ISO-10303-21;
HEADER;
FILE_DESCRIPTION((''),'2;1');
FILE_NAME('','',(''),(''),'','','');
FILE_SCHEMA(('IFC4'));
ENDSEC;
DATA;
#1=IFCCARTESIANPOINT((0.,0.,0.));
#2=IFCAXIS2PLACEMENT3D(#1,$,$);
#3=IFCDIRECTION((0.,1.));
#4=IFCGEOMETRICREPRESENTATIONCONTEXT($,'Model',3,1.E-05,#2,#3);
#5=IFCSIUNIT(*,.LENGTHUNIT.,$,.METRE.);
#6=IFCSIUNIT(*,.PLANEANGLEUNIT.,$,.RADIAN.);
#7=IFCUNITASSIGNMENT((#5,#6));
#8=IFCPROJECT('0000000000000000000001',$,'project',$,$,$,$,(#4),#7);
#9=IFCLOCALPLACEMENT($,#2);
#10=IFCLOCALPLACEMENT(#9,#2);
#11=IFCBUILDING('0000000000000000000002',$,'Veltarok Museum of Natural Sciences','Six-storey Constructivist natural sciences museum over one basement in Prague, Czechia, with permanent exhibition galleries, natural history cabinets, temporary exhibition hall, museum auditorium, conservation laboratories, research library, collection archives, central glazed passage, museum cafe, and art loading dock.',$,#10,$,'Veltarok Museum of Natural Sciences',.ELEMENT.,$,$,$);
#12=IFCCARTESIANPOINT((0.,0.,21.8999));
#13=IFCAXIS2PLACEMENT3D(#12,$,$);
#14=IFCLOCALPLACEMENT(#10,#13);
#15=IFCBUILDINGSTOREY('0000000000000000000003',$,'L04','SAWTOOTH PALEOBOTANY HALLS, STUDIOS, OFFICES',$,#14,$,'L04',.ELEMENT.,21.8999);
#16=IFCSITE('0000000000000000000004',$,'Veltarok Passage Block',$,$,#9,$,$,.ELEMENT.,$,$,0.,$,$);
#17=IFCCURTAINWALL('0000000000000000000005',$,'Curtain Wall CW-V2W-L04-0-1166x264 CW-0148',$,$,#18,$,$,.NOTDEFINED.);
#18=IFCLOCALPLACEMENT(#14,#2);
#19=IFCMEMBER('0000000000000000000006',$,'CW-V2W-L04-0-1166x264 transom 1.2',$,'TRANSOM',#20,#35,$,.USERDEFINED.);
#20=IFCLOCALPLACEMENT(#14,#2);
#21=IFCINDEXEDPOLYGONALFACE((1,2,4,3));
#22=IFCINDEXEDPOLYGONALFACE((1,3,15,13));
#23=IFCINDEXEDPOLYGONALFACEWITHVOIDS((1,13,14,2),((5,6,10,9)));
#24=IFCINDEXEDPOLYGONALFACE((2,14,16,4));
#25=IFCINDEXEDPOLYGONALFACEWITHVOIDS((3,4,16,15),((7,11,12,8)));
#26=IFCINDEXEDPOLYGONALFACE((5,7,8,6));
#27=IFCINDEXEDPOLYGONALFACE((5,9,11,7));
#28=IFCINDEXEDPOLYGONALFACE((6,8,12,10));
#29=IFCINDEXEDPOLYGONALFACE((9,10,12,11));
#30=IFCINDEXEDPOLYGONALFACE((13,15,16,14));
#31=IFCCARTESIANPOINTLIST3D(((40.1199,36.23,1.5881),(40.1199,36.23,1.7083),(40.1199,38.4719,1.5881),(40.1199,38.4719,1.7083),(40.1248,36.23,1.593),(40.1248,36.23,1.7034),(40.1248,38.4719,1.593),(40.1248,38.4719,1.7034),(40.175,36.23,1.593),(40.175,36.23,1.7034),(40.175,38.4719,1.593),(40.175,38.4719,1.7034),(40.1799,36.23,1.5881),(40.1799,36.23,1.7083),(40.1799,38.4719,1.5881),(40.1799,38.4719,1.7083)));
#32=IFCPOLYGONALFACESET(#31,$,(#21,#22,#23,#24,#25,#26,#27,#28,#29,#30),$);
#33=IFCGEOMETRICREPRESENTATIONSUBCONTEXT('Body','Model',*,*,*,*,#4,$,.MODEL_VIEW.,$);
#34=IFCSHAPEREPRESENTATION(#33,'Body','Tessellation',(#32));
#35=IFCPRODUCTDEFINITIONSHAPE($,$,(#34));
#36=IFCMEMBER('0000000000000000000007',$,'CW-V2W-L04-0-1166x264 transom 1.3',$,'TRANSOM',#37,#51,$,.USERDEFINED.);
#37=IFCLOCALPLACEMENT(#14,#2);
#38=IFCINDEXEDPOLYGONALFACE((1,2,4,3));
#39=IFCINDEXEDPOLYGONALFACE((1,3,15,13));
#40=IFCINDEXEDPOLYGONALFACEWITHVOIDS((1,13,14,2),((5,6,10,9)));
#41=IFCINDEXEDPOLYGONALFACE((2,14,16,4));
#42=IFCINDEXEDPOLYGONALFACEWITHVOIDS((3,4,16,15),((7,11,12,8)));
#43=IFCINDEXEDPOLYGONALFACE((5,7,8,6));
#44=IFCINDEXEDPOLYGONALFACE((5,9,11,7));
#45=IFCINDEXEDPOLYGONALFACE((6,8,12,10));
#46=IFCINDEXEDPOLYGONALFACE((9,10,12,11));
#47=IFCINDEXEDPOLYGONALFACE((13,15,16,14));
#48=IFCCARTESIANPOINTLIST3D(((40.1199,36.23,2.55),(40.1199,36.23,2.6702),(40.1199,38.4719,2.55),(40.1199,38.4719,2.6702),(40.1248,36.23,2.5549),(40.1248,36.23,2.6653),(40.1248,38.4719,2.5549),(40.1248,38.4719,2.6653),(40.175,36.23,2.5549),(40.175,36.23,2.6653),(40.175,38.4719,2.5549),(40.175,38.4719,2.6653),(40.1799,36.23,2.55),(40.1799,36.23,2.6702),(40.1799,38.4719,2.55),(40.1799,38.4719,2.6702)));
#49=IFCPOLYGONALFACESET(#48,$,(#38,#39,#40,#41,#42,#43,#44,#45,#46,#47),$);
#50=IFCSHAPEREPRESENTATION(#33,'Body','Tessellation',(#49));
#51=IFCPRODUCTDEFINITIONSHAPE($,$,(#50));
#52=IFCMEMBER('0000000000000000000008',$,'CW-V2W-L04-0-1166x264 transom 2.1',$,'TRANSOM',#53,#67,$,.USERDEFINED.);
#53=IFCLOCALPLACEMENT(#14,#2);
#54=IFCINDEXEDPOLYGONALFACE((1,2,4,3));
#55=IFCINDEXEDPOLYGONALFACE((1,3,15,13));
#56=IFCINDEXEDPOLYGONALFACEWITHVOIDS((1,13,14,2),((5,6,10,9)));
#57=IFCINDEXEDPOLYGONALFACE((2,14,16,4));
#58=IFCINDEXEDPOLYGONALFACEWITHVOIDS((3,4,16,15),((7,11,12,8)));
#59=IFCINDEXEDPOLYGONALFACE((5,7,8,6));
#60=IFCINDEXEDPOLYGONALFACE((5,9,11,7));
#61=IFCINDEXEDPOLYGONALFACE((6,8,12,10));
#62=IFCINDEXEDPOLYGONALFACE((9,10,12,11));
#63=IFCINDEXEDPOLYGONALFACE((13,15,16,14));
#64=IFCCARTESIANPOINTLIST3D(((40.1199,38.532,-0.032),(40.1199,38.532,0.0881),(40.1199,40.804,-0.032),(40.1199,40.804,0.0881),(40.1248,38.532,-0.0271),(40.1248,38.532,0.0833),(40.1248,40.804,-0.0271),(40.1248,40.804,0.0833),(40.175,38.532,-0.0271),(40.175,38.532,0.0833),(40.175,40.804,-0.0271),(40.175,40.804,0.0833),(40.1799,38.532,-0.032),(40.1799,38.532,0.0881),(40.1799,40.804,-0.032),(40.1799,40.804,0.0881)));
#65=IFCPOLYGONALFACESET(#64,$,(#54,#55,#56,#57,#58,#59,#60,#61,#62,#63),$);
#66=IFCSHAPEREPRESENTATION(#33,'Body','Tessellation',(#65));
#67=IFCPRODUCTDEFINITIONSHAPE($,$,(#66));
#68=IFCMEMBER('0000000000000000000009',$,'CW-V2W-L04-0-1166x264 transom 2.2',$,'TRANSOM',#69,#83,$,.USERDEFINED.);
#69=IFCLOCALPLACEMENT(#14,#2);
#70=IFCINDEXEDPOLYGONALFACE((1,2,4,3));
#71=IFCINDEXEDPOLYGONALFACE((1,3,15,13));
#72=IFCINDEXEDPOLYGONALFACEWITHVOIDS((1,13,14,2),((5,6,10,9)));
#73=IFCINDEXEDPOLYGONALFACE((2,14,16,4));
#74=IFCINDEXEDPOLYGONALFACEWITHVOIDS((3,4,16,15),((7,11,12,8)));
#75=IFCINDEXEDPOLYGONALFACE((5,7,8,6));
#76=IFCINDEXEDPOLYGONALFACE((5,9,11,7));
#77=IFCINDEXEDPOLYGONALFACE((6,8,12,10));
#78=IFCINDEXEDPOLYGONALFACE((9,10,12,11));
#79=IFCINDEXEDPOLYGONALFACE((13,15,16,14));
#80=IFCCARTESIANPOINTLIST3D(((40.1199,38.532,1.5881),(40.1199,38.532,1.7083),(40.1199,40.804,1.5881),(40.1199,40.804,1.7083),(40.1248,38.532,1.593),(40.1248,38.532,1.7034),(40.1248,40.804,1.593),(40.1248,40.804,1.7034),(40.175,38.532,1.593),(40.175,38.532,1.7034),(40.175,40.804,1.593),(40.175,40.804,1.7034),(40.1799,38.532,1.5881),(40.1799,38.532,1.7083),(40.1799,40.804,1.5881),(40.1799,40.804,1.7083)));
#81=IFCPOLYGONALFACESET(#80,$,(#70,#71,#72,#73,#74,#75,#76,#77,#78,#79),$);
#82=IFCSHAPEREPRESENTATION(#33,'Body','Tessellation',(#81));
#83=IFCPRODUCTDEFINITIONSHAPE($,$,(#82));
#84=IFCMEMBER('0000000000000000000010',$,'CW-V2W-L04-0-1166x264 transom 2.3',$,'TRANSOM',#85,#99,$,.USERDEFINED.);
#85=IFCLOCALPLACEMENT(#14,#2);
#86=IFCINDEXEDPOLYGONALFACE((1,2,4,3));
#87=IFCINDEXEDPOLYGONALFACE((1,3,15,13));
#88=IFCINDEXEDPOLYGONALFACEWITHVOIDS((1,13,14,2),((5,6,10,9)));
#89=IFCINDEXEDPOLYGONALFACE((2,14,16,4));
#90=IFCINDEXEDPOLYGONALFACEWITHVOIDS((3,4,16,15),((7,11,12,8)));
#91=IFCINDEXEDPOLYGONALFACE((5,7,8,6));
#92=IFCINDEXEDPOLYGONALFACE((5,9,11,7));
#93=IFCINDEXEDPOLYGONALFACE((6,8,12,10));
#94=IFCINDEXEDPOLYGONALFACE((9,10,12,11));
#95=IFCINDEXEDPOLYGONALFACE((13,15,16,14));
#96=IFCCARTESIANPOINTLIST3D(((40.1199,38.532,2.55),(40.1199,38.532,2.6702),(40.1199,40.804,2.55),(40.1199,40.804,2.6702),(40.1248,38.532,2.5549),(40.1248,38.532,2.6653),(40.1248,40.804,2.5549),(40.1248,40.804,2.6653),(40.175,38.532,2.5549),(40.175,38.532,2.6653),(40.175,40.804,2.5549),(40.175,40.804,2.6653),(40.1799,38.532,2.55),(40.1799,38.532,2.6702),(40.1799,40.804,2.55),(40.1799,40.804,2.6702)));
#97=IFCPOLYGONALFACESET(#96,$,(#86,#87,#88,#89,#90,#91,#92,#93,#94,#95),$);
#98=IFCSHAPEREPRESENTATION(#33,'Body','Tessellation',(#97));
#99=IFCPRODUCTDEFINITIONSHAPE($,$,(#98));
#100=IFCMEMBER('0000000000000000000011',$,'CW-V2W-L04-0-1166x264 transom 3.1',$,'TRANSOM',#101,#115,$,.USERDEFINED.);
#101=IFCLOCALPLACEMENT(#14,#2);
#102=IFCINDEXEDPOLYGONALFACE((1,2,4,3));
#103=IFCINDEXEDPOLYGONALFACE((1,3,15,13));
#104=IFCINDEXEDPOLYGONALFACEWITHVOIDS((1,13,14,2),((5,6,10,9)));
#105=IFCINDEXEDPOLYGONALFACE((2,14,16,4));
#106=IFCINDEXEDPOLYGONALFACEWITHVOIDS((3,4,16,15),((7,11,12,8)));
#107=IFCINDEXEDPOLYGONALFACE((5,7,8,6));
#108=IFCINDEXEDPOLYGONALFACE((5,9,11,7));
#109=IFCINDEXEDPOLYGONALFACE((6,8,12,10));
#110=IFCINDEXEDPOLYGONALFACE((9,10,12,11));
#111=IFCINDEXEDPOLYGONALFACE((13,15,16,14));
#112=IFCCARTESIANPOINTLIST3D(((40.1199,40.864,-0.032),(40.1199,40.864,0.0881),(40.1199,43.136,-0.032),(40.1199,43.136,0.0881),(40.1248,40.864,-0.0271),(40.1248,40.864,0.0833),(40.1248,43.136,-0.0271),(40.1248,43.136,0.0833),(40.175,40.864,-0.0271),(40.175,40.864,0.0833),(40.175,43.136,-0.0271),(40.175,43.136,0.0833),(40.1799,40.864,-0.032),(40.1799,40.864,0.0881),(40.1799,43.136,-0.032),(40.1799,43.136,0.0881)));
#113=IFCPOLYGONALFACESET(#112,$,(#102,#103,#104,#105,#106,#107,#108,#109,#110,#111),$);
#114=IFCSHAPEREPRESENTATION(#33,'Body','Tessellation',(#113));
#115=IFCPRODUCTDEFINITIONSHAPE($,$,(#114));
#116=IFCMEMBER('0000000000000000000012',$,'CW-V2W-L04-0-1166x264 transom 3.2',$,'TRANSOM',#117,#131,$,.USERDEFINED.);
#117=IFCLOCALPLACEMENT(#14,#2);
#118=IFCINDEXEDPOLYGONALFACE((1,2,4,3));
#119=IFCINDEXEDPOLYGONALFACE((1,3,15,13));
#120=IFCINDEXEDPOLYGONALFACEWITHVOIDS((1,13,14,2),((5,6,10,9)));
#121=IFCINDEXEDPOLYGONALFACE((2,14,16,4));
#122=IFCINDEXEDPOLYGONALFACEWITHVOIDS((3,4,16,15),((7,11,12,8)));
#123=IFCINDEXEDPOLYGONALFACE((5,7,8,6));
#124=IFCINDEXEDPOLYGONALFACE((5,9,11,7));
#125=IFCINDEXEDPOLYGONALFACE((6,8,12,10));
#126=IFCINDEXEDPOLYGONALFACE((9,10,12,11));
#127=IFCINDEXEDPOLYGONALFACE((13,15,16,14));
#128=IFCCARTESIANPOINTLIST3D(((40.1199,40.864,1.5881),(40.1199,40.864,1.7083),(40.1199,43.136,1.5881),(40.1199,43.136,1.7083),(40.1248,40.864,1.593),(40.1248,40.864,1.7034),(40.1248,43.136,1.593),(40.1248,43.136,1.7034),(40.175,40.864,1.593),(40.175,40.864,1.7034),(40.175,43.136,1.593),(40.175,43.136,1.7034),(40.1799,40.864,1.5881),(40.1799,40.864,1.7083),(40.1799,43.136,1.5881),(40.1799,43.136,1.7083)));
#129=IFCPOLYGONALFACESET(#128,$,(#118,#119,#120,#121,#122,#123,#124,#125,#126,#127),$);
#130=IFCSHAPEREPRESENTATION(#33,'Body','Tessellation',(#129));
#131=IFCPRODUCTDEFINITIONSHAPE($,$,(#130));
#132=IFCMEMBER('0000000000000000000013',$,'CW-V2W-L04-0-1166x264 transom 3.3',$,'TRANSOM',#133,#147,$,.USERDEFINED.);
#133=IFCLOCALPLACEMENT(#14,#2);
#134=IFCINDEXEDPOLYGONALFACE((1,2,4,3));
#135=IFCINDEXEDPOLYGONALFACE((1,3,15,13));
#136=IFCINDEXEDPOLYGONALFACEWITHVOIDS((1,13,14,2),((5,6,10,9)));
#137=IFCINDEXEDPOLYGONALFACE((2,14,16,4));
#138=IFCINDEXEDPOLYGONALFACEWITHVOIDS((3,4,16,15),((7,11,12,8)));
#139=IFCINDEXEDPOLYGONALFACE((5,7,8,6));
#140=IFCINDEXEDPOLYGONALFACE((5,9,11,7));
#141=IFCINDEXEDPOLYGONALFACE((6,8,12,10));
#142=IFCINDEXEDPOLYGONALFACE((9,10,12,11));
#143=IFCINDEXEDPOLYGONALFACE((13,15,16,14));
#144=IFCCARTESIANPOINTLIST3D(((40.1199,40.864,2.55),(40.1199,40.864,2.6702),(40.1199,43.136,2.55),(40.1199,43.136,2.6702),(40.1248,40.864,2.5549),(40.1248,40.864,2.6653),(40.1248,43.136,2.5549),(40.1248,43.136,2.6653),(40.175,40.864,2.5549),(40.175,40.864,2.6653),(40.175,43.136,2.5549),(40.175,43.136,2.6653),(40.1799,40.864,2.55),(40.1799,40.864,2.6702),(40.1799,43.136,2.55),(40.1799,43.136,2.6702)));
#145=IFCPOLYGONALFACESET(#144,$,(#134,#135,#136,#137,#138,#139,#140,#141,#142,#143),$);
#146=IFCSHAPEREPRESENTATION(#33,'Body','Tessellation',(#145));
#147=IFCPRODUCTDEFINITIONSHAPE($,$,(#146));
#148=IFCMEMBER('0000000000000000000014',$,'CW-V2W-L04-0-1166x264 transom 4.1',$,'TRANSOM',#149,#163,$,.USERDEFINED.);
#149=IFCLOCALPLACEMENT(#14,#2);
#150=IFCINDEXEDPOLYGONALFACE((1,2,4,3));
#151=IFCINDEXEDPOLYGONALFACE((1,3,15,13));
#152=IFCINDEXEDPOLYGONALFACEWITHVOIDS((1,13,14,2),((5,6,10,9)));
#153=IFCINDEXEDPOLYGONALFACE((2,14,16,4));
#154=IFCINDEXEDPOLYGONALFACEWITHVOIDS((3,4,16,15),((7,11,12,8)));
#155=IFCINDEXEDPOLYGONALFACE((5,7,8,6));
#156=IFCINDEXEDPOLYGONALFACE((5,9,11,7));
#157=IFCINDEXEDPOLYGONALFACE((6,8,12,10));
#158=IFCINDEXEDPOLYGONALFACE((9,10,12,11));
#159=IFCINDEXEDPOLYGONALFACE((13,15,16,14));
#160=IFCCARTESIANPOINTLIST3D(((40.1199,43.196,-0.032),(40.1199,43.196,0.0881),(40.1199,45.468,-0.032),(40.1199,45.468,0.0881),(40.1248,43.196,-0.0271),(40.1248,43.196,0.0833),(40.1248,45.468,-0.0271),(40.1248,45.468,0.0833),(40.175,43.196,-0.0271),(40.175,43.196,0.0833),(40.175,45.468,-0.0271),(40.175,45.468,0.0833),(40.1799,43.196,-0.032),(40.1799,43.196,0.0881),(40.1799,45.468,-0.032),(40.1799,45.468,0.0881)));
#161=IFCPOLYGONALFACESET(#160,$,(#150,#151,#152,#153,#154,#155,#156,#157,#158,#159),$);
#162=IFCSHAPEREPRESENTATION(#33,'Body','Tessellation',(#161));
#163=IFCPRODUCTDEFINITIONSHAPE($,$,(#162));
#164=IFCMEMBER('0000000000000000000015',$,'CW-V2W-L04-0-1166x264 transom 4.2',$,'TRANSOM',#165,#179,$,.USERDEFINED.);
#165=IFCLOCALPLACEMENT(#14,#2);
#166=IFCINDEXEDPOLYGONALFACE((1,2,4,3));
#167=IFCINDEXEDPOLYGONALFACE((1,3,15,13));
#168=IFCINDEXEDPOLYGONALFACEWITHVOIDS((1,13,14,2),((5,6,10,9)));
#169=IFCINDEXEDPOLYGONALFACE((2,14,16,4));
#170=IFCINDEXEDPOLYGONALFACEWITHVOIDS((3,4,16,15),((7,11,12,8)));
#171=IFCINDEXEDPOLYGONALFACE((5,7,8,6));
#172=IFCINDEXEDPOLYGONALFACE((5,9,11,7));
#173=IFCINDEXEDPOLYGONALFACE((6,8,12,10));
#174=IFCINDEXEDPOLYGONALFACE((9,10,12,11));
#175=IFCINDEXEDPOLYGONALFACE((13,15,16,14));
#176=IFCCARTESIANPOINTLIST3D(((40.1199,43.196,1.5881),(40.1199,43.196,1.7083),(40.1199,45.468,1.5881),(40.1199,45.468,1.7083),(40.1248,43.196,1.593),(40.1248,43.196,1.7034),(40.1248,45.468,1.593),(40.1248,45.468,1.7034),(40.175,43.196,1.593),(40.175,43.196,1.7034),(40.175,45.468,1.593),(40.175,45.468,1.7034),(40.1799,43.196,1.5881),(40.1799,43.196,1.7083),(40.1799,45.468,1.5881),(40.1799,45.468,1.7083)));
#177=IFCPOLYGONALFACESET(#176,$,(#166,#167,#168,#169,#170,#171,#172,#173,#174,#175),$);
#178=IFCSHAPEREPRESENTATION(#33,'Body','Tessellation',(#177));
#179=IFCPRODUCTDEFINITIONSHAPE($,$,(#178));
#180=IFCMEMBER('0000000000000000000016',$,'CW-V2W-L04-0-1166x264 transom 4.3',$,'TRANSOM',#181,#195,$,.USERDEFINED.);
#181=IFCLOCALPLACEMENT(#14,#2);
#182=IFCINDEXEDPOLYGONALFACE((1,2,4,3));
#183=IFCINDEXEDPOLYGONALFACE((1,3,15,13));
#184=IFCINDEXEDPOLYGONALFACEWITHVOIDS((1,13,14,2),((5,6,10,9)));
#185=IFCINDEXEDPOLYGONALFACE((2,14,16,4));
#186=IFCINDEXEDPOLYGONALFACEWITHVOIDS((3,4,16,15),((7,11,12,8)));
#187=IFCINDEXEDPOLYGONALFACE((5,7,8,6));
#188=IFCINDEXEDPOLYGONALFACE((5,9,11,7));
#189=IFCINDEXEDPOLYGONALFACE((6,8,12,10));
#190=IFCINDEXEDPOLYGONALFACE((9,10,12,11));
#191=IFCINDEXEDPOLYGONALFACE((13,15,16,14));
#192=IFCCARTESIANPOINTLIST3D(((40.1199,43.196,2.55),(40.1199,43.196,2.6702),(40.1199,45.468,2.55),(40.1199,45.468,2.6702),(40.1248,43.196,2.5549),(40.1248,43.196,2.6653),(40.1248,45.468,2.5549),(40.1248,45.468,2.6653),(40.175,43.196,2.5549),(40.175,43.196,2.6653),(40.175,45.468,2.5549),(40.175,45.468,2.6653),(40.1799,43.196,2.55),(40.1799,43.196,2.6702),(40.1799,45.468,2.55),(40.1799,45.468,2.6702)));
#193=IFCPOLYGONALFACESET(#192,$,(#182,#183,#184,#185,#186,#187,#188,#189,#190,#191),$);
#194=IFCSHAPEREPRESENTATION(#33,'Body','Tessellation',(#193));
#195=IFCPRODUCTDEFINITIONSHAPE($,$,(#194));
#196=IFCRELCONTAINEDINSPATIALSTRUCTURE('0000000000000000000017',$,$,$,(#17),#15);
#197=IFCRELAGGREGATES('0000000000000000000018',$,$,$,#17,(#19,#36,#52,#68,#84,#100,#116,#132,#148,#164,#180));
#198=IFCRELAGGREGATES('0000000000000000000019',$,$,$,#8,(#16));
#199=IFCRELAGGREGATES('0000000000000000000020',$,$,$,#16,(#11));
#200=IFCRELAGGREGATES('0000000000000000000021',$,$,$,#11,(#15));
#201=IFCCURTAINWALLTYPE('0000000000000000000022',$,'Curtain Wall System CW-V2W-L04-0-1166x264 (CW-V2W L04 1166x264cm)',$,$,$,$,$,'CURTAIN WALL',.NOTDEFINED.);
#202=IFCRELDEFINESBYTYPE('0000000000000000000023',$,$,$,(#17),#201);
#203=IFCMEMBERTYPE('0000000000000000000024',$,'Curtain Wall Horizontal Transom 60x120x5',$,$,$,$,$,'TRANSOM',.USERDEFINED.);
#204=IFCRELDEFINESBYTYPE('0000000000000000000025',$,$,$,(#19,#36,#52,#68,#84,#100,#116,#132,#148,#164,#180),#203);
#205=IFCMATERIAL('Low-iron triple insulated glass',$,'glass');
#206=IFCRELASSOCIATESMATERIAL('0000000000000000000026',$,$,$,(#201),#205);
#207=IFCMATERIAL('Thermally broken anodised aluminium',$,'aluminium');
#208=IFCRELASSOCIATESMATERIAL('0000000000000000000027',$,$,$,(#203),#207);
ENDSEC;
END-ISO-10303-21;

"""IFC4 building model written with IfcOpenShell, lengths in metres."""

from ifc_helpers import new_model, si_unit, direction, frame, origin, origin_2d, place, context, subcontext, project, spatial, hollow_rectangle, extrude, material, material_profile, profile_set, type_object, element, aggregate, save


model = new_model("IFC4")

# Units and contexts
model_context = context("Model", 3, precision=1e-05, world=origin(), true_north=direction((0.0, 1.0)))
body_context = subcontext(model_context, "Body", "Model", "MODEL_VIEW")
ifc_project = project(units=[si_unit("LENGTHUNIT", "METRE"), si_unit("PLANEANGLEUNIT", "RADIAN")], contexts=[model_context])

# Site, building, storey
site_placement = place(None, origin())
site = spatial("IfcSite", under=ifc_project, at=site_placement, Name="Veltarok Passage Block", CompositionType="ELEMENT", RefElevation=0.0)
building_placement = place(site_placement, origin())
building = spatial("IfcBuilding", under=site, at=building_placement, Name="Veltarok Museum of Natural Sciences", Description="Six-storey Constructivist natural sciences museum over one basement in Prague, Czechia, with permanent exhibition galleries, natural history cabinets, temporary exhibition hall, museum auditorium, conservation laboratories, research library, collection archives, central glazed passage, museum cafe, and art loading dock.", LongName="Veltarok Museum of Natural Sciences", CompositionType="ELEMENT")
storey_placement = place(building_placement, frame((0.0, 0.0, 21.8999)))
storey = spatial("IfcBuildingStorey", under=building, at=storey_placement, Name="L04", Description="SAWTOOTH PALEOBOTANY HALLS, STUDIOS, OFFICES", LongName="L04", CompositionType="ELEMENT", Elevation=21.8999)

# Curtain wall, members
ifc_material_1 = material(Name="Low-iron triple insulated glass", Category="glass")
curtain_wall_type = type_object("IfcCurtainWallType", Name="Curtain Wall System CW-V2W-L04-0-1166x264 (CW-V2W L04 1166x264cm)", ElementType="CURTAIN WALL", PredefinedType="NOTDEFINED", material=ifc_material_1)
curtain_wall_placement = place(storey_placement, origin())
curtain_wall = element("IfcCurtainWall", 1, at=curtain_wall_placement, inside=storey, type_object=curtain_wall_type, Name="Curtain Wall CW-V2W-L04-0-1166x264 CW-0148", PredefinedType="NOTDEFINED")
ifc_material_2 = material(Name="Thermally broken anodised aluminium", Category="aluminium")
ifc_material_profile_1 = material_profile(ifc_material_2, hollow_rectangle(XDim=0.0601, YDim=0.1201, WallThickness=0.0049, at=origin_2d()), Name="CW TRANSOM 60x120x5")
ifc_profile_set_1 = profile_set([ifc_material_profile_1], Name="Thermally broken anodised aluminium")
member_type_1 = type_object("IfcMemberType", Name="Curtain Wall Horizontal Transom 60x120x5", ElementType="TRANSOM", PredefinedType="USERDEFINED", material=ifc_profile_set_1)
member_1_placement = place(storey_placement, frame((40.1499, 36.23, 1.6482), z_axis=(0.0, 1.0, 0.0), x_axis=(-1.0, 0.0, 0.0)))
member_1 = element("IfcMember", 2, at=member_1_placement, type_object=member_type_1, Name="CW-V2W-L04-0-1166x264 transom 1.2", ObjectType="TRANSOM", PredefinedType="USERDEFINED", context=body_context, shape_type="SweptSolid", body=[
    extrude(hollow_rectangle(XDim=0.0601, YDim=0.1201, WallThickness=0.0049, at=origin_2d()), origin(), (0.0, 0.0, 1.0), 2.2419),
])
member_2_placement = place(storey_placement, frame((40.1499, 36.23, 2.6101), z_axis=(0.0, 1.0, 0.0), x_axis=(-1.0, 0.0, 0.0)))
member_2 = element("IfcMember", 3, at=member_2_placement, type_object=member_type_1, Name="CW-V2W-L04-0-1166x264 transom 1.3", ObjectType="TRANSOM", PredefinedType="USERDEFINED", context=body_context, shape_type="SweptSolid", body=[
    extrude(hollow_rectangle(XDim=0.0601, YDim=0.1201, WallThickness=0.0049, at=origin_2d()), origin(), (0.0, 0.0, 1.0), 2.2419),
])
member_3_placement = place(storey_placement, frame((40.1499, 38.532, 0.0281), z_axis=(0.0, 1.0, 0.0), x_axis=(-1.0, 0.0, 0.0)))
member_3 = element("IfcMember", 4, at=member_3_placement, type_object=member_type_1, Name="CW-V2W-L04-0-1166x264 transom 2.1", ObjectType="TRANSOM", PredefinedType="USERDEFINED", context=body_context, shape_type="SweptSolid", body=[
    extrude(hollow_rectangle(XDim=0.0601, YDim=0.1201, WallThickness=0.0049, at=origin_2d()), origin(), (0.0, 0.0, 1.0), 2.272),
])
member_4_placement = place(storey_placement, frame((40.1499, 38.532, 1.6482), z_axis=(0.0, 1.0, 0.0), x_axis=(-1.0, 0.0, 0.0)))
member_4 = element("IfcMember", 5, at=member_4_placement, type_object=member_type_1, Name="CW-V2W-L04-0-1166x264 transom 2.2", ObjectType="TRANSOM", PredefinedType="USERDEFINED", context=body_context, shape_type="SweptSolid", body=[
    extrude(hollow_rectangle(XDim=0.0601, YDim=0.1201, WallThickness=0.0049, at=origin_2d()), origin(), (0.0, 0.0, 1.0), 2.272),
])
member_5_placement = place(storey_placement, frame((40.1499, 38.532, 2.6101), z_axis=(0.0, 1.0, 0.0), x_axis=(-1.0, 0.0, 0.0)))
member_5 = element("IfcMember", 6, at=member_5_placement, type_object=member_type_1, Name="CW-V2W-L04-0-1166x264 transom 2.3", ObjectType="TRANSOM", PredefinedType="USERDEFINED", context=body_context, shape_type="SweptSolid", body=[
    extrude(hollow_rectangle(XDim=0.0601, YDim=0.1201, WallThickness=0.0049, at=origin_2d()), origin(), (0.0, 0.0, 1.0), 2.272),
])
member_6_placement = place(storey_placement, frame((40.1499, 40.864, 0.0281), z_axis=(0.0, 1.0, 0.0), x_axis=(-1.0, 0.0, 0.0)))
member_6 = element("IfcMember", 7, at=member_6_placement, type_object=member_type_1, Name="CW-V2W-L04-0-1166x264 transom 3.1", ObjectType="TRANSOM", PredefinedType="USERDEFINED", context=body_context, shape_type="SweptSolid", body=[
    extrude(hollow_rectangle(XDim=0.0601, YDim=0.1201, WallThickness=0.0049, at=origin_2d()), origin(), (0.0, 0.0, 1.0), 2.272),
])
member_7_placement = place(storey_placement, frame((40.1499, 40.864, 1.6482), z_axis=(0.0, 1.0, 0.0), x_axis=(-1.0, 0.0, 0.0)))
member_7 = element("IfcMember", 8, at=member_7_placement, type_object=member_type_1, Name="CW-V2W-L04-0-1166x264 transom 3.2", ObjectType="TRANSOM", PredefinedType="USERDEFINED", context=body_context, shape_type="SweptSolid", body=[
    extrude(hollow_rectangle(XDim=0.0601, YDim=0.1201, WallThickness=0.0049, at=origin_2d()), origin(), (0.0, 0.0, 1.0), 2.272),
])
member_8_placement = place(storey_placement, frame((40.1499, 40.864, 2.6101), z_axis=(0.0, 1.0, 0.0), x_axis=(-1.0, 0.0, 0.0)))
member_8 = element("IfcMember", 9, at=member_8_placement, type_object=member_type_1, Name="CW-V2W-L04-0-1166x264 transom 3.3", ObjectType="TRANSOM", PredefinedType="USERDEFINED", context=body_context, shape_type="SweptSolid", body=[
    extrude(hollow_rectangle(XDim=0.0601, YDim=0.1201, WallThickness=0.0049, at=origin_2d()), origin(), (0.0, 0.0, 1.0), 2.272),
])
member_9_placement = place(storey_placement, frame((40.1499, 43.196, 0.0281), z_axis=(0.0, 1.0, 0.0), x_axis=(-1.0, 0.0, 0.0)))
member_9 = element("IfcMember", 10, at=member_9_placement, type_object=member_type_1, Name="CW-V2W-L04-0-1166x264 transom 4.1", ObjectType="TRANSOM", PredefinedType="USERDEFINED", context=body_context, shape_type="SweptSolid", body=[
    extrude(hollow_rectangle(XDim=0.0601, YDim=0.1201, WallThickness=0.0049, at=origin_2d()), origin(), (0.0, 0.0, 1.0), 2.272),
])
member_10_placement = place(storey_placement, frame((40.1499, 43.196, 1.6482), z_axis=(0.0, 1.0, 0.0), x_axis=(-1.0, 0.0, 0.0)))
member_10 = element("IfcMember", 11, at=member_10_placement, type_object=member_type_1, Name="CW-V2W-L04-0-1166x264 transom 4.2", ObjectType="TRANSOM", PredefinedType="USERDEFINED", context=body_context, shape_type="SweptSolid", body=[
    extrude(hollow_rectangle(XDim=0.0601, YDim=0.1201, WallThickness=0.0049, at=origin_2d()), origin(), (0.0, 0.0, 1.0), 2.272),
])
member_11_placement = place(storey_placement, frame((40.1499, 43.196, 2.6101), z_axis=(0.0, 1.0, 0.0), x_axis=(-1.0, 0.0, 0.0)))
member_11 = element("IfcMember", 12, at=member_11_placement, type_object=member_type_1, Name="CW-V2W-L04-0-1166x264 transom 4.3", ObjectType="TRANSOM", PredefinedType="USERDEFINED", context=body_context, shape_type="SweptSolid", body=[
    extrude(hollow_rectangle(XDim=0.0601, YDim=0.1201, WallThickness=0.0049, at=origin_2d()), origin(), (0.0, 0.0, 1.0), 2.272),
])
aggregate(curtain_wall, [member_1, member_2, member_3, member_4, member_5, member_6, member_7, member_8, member_9, member_10, member_11])

save(model, "model.ifc")
